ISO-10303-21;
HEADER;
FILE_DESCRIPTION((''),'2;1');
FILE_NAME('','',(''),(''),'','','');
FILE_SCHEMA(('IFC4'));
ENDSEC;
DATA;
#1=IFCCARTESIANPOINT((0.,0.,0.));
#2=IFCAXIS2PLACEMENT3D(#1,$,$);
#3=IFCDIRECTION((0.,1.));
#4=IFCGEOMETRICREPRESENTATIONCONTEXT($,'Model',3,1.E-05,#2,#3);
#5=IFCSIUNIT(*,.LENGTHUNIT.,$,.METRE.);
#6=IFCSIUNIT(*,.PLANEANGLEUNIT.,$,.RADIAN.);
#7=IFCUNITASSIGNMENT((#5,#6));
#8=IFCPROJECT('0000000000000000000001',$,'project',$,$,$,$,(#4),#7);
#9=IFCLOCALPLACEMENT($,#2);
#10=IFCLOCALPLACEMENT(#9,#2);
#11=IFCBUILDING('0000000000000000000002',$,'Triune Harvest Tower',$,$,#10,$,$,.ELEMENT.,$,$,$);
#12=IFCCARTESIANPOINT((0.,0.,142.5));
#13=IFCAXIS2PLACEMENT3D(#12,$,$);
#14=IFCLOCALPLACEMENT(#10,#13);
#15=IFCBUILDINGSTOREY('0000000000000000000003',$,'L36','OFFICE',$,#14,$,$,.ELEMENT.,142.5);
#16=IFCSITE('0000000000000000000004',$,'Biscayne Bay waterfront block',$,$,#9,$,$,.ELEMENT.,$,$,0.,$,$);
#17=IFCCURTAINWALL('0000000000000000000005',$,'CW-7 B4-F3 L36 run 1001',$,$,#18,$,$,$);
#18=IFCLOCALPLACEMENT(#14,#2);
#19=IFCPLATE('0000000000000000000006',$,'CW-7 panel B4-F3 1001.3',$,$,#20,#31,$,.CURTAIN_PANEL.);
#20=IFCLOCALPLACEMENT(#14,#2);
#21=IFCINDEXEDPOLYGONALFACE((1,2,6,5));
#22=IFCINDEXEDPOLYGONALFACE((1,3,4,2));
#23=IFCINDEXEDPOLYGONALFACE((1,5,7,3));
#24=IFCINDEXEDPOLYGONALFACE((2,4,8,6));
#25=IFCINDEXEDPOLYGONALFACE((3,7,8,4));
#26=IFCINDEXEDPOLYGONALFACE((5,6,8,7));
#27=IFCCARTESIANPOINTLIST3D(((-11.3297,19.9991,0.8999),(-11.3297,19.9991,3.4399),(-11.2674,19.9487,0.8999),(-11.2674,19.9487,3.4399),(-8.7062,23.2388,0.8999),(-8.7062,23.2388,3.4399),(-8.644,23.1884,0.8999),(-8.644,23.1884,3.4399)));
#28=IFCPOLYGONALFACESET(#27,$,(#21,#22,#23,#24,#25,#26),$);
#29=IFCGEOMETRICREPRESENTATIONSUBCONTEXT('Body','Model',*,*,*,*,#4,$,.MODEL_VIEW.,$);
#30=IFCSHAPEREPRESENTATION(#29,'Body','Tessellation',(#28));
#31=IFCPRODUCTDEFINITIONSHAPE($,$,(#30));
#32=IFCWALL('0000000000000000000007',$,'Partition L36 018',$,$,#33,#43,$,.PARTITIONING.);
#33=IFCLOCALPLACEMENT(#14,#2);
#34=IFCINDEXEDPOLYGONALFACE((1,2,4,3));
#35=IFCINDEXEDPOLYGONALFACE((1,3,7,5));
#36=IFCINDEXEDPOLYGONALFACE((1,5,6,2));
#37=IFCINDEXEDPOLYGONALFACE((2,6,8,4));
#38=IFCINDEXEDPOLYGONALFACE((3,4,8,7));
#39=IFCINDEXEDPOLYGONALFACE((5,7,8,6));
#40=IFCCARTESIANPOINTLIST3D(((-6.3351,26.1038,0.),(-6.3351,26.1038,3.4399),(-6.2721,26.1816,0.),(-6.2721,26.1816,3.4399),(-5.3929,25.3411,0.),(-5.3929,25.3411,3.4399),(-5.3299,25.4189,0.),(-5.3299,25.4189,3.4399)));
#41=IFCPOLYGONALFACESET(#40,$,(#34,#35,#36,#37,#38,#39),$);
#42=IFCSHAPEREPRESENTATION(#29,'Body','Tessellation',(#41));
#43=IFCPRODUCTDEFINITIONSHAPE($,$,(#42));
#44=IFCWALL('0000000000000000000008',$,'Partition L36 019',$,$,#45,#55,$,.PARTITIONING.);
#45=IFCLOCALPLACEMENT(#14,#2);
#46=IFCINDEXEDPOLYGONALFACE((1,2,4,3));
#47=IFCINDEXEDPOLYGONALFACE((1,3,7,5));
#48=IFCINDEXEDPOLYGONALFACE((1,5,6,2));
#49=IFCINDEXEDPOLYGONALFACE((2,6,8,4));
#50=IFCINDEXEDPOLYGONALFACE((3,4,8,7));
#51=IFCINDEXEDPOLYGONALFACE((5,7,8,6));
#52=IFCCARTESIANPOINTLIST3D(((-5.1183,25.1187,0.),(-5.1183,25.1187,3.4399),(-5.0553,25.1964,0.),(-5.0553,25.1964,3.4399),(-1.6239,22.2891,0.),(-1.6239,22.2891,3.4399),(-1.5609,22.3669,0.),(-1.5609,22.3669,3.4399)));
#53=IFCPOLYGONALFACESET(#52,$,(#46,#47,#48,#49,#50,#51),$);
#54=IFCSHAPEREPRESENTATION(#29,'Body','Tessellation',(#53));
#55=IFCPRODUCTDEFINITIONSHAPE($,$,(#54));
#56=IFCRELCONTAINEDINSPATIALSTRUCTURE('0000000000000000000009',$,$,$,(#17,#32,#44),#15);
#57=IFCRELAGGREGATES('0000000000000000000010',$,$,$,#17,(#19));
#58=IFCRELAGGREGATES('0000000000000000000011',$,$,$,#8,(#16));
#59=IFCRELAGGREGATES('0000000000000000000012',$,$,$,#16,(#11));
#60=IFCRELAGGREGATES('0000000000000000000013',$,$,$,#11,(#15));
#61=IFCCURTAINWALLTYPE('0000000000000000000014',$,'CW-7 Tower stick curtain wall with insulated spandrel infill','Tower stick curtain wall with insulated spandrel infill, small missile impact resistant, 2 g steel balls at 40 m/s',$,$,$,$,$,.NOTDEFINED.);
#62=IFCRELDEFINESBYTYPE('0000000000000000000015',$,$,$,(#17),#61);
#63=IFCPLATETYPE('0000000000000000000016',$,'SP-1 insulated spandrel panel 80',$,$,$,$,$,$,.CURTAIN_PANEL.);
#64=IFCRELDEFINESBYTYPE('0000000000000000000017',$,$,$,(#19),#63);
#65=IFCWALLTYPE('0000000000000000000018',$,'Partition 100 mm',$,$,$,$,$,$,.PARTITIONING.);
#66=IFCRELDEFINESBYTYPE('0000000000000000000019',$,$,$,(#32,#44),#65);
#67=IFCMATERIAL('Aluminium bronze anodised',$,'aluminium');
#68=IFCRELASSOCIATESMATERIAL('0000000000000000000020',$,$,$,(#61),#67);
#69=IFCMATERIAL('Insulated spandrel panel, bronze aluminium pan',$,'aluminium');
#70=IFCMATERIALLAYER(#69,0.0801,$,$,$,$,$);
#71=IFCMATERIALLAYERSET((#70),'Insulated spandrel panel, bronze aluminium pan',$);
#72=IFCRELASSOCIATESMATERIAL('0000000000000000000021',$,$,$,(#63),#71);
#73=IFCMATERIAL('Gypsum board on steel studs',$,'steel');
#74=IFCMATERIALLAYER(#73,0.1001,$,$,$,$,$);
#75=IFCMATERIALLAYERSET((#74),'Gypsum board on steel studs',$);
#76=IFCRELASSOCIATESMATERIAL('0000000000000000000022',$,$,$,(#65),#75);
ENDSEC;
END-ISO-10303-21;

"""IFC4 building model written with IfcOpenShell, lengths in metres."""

from ifc_helpers import new_model, si_unit, direction, frame, frame_2d, origin, origin_2d, place, context, subcontext, project, spatial, rectangle, extrude, source, transform, mapped, material, layer, layer_set, type_object, element, aggregate, save


model = new_model("IFC4")

# Units and contexts
model_context = context("Model", 3, precision=1e-05, world=origin(), true_north=direction((0.0, 1.0)))
body_context = subcontext(model_context, "Body", "Model", "MODEL_VIEW")
ifc_project = project(units=[si_unit("LENGTHUNIT", "METRE"), si_unit("PLANEANGLEUNIT", "RADIAN")], contexts=[model_context])

# Site, building, storey
site_placement = place(None, origin())
site = spatial("IfcSite", under=ifc_project, at=site_placement, Name="Biscayne Bay waterfront block", CompositionType="ELEMENT", RefElevation=0.0)
building_placement = place(site_placement, origin())
building = spatial("IfcBuilding", under=site, at=building_placement, Name="Triune Harvest Tower", CompositionType="ELEMENT")
storey_placement = place(building_placement, frame((0.0, 0.0, 142.5)))
storey = spatial("IfcBuildingStorey", under=building, at=storey_placement, Name="L36", Description="OFFICE", CompositionType="ELEMENT", Elevation=142.5)

# Curtain wall
ifc_material_1 = material(Name="Aluminium bronze anodised", Category="aluminium")
curtain_wall_type_1 = type_object("IfcCurtainWallType", Name="CW-7 Tower stick curtain wall with insulated spandrel infill", Description="Tower stick curtain wall with insulated spandrel infill, small missile impact resistant, 2 g steel balls at 40 m/s", PredefinedType="NOTDEFINED", material=ifc_material_1)
curtain_wall_1_placement = place(storey_placement, origin())
curtain_wall_1 = element("IfcCurtainWall", 1, at=curtain_wall_1_placement, inside=storey, type_object=curtain_wall_type_1, Name="CW-7 B4-F3 L36 run 1001")

# Plate
ifc_material_2 = material(Name="Insulated spandrel panel, bronze aluminium pan", Category="aluminium")
ifc_layer_1 = layer(ifc_material_2, 0.0801)
ifc_layer_set_1 = layer_set([ifc_layer_1], Name="Insulated spandrel panel, bronze aluminium pan")
plate_type_1 = type_object("IfcPlateType", Name="SP-1 insulated spandrel panel 80", PredefinedType="CURTAIN_PANEL", material=ifc_layer_set_1)
shared_shape_1 = source(origin(), body_context, "Body", "SweptSolid", [
    extrude(rectangle(XDim=4.1687, YDim=0.0801, at=origin_2d()), origin(), (0.0, 0.0, 1.0), 2.54),
])
plate_1_placement = place(storey_placement, frame((-9.9868, 21.5938, 0.8999), z_axis=(0.0, 0.0, 1.0), x_axis=(-0.629322, -0.777144, 0.0)))
plate_1 = element("IfcPlate", 2, at=plate_1_placement, type_object=plate_type_1, Name="CW-7 panel B4-F3 1001.3", PredefinedType="CURTAIN_PANEL", context=body_context, shape_type="MappedRepresentation", body=[
    mapped(shared_shape_1, transform((0.0, 0.0, 0.0), scale=1.0)),
])
aggregate(curtain_wall_1, [plate_1])

# Walls
ifc_material_3 = material(Name="Gypsum board on steel studs", Category="steel")
ifc_layer_2 = layer(ifc_material_3, 0.1001)
ifc_layer_set_2 = layer_set([ifc_layer_2], Name="Gypsum board on steel studs")
wall_type = type_object("IfcWallType", Name="Partition 100 mm", PredefinedType="PARTITIONING", material=ifc_layer_set_2)
shared_shape_2 = source(origin(), body_context, "Body", "SweptSolid", [
    extrude(rectangle(XDim=1.2122, YDim=0.1001, at=frame_2d((0.606, 0.0))), origin(), (0.0, 0.0, 1.0), 3.4399),
])
wall_1_placement = place(storey_placement, frame((-6.3035, 26.1426, 0.0), z_axis=(0.0, 0.0, 1.0), x_axis=(0.77724, -0.629204, 0.0)))
element("IfcWall", 3, at=wall_1_placement, inside=storey, type_object=wall_type, Name="Partition L36 018", PredefinedType="PARTITIONING", context=body_context, shape_type="MappedRepresentation", body=[
    mapped(shared_shape_2, transform((0.0, 0.0, 0.0), scale=1.0)),
])
shared_shape_3 = source(origin(), body_context, "Body", "SweptSolid", [
    extrude(rectangle(XDim=4.4963, YDim=0.1001, at=frame_2d((2.248, 0.0))), origin(), (0.0, 0.0, 1.0), 3.4399),
])
wall_2_placement = place(storey_placement, frame((-5.0867, 25.1575, 0.0), z_axis=(0.0, 0.0, 1.0), x_axis=(0.777158, -0.629306, 0.0)))
element("IfcWall", 4, at=wall_2_placement, inside=storey, type_object=wall_type, Name="Partition L36 019", PredefinedType="PARTITIONING", context=body_context, shape_type="MappedRepresentation", body=[
    mapped(shared_shape_3, transform((0.0, 0.0, 0.0), scale=1.0)),
])

save(model, "model.ifc")
